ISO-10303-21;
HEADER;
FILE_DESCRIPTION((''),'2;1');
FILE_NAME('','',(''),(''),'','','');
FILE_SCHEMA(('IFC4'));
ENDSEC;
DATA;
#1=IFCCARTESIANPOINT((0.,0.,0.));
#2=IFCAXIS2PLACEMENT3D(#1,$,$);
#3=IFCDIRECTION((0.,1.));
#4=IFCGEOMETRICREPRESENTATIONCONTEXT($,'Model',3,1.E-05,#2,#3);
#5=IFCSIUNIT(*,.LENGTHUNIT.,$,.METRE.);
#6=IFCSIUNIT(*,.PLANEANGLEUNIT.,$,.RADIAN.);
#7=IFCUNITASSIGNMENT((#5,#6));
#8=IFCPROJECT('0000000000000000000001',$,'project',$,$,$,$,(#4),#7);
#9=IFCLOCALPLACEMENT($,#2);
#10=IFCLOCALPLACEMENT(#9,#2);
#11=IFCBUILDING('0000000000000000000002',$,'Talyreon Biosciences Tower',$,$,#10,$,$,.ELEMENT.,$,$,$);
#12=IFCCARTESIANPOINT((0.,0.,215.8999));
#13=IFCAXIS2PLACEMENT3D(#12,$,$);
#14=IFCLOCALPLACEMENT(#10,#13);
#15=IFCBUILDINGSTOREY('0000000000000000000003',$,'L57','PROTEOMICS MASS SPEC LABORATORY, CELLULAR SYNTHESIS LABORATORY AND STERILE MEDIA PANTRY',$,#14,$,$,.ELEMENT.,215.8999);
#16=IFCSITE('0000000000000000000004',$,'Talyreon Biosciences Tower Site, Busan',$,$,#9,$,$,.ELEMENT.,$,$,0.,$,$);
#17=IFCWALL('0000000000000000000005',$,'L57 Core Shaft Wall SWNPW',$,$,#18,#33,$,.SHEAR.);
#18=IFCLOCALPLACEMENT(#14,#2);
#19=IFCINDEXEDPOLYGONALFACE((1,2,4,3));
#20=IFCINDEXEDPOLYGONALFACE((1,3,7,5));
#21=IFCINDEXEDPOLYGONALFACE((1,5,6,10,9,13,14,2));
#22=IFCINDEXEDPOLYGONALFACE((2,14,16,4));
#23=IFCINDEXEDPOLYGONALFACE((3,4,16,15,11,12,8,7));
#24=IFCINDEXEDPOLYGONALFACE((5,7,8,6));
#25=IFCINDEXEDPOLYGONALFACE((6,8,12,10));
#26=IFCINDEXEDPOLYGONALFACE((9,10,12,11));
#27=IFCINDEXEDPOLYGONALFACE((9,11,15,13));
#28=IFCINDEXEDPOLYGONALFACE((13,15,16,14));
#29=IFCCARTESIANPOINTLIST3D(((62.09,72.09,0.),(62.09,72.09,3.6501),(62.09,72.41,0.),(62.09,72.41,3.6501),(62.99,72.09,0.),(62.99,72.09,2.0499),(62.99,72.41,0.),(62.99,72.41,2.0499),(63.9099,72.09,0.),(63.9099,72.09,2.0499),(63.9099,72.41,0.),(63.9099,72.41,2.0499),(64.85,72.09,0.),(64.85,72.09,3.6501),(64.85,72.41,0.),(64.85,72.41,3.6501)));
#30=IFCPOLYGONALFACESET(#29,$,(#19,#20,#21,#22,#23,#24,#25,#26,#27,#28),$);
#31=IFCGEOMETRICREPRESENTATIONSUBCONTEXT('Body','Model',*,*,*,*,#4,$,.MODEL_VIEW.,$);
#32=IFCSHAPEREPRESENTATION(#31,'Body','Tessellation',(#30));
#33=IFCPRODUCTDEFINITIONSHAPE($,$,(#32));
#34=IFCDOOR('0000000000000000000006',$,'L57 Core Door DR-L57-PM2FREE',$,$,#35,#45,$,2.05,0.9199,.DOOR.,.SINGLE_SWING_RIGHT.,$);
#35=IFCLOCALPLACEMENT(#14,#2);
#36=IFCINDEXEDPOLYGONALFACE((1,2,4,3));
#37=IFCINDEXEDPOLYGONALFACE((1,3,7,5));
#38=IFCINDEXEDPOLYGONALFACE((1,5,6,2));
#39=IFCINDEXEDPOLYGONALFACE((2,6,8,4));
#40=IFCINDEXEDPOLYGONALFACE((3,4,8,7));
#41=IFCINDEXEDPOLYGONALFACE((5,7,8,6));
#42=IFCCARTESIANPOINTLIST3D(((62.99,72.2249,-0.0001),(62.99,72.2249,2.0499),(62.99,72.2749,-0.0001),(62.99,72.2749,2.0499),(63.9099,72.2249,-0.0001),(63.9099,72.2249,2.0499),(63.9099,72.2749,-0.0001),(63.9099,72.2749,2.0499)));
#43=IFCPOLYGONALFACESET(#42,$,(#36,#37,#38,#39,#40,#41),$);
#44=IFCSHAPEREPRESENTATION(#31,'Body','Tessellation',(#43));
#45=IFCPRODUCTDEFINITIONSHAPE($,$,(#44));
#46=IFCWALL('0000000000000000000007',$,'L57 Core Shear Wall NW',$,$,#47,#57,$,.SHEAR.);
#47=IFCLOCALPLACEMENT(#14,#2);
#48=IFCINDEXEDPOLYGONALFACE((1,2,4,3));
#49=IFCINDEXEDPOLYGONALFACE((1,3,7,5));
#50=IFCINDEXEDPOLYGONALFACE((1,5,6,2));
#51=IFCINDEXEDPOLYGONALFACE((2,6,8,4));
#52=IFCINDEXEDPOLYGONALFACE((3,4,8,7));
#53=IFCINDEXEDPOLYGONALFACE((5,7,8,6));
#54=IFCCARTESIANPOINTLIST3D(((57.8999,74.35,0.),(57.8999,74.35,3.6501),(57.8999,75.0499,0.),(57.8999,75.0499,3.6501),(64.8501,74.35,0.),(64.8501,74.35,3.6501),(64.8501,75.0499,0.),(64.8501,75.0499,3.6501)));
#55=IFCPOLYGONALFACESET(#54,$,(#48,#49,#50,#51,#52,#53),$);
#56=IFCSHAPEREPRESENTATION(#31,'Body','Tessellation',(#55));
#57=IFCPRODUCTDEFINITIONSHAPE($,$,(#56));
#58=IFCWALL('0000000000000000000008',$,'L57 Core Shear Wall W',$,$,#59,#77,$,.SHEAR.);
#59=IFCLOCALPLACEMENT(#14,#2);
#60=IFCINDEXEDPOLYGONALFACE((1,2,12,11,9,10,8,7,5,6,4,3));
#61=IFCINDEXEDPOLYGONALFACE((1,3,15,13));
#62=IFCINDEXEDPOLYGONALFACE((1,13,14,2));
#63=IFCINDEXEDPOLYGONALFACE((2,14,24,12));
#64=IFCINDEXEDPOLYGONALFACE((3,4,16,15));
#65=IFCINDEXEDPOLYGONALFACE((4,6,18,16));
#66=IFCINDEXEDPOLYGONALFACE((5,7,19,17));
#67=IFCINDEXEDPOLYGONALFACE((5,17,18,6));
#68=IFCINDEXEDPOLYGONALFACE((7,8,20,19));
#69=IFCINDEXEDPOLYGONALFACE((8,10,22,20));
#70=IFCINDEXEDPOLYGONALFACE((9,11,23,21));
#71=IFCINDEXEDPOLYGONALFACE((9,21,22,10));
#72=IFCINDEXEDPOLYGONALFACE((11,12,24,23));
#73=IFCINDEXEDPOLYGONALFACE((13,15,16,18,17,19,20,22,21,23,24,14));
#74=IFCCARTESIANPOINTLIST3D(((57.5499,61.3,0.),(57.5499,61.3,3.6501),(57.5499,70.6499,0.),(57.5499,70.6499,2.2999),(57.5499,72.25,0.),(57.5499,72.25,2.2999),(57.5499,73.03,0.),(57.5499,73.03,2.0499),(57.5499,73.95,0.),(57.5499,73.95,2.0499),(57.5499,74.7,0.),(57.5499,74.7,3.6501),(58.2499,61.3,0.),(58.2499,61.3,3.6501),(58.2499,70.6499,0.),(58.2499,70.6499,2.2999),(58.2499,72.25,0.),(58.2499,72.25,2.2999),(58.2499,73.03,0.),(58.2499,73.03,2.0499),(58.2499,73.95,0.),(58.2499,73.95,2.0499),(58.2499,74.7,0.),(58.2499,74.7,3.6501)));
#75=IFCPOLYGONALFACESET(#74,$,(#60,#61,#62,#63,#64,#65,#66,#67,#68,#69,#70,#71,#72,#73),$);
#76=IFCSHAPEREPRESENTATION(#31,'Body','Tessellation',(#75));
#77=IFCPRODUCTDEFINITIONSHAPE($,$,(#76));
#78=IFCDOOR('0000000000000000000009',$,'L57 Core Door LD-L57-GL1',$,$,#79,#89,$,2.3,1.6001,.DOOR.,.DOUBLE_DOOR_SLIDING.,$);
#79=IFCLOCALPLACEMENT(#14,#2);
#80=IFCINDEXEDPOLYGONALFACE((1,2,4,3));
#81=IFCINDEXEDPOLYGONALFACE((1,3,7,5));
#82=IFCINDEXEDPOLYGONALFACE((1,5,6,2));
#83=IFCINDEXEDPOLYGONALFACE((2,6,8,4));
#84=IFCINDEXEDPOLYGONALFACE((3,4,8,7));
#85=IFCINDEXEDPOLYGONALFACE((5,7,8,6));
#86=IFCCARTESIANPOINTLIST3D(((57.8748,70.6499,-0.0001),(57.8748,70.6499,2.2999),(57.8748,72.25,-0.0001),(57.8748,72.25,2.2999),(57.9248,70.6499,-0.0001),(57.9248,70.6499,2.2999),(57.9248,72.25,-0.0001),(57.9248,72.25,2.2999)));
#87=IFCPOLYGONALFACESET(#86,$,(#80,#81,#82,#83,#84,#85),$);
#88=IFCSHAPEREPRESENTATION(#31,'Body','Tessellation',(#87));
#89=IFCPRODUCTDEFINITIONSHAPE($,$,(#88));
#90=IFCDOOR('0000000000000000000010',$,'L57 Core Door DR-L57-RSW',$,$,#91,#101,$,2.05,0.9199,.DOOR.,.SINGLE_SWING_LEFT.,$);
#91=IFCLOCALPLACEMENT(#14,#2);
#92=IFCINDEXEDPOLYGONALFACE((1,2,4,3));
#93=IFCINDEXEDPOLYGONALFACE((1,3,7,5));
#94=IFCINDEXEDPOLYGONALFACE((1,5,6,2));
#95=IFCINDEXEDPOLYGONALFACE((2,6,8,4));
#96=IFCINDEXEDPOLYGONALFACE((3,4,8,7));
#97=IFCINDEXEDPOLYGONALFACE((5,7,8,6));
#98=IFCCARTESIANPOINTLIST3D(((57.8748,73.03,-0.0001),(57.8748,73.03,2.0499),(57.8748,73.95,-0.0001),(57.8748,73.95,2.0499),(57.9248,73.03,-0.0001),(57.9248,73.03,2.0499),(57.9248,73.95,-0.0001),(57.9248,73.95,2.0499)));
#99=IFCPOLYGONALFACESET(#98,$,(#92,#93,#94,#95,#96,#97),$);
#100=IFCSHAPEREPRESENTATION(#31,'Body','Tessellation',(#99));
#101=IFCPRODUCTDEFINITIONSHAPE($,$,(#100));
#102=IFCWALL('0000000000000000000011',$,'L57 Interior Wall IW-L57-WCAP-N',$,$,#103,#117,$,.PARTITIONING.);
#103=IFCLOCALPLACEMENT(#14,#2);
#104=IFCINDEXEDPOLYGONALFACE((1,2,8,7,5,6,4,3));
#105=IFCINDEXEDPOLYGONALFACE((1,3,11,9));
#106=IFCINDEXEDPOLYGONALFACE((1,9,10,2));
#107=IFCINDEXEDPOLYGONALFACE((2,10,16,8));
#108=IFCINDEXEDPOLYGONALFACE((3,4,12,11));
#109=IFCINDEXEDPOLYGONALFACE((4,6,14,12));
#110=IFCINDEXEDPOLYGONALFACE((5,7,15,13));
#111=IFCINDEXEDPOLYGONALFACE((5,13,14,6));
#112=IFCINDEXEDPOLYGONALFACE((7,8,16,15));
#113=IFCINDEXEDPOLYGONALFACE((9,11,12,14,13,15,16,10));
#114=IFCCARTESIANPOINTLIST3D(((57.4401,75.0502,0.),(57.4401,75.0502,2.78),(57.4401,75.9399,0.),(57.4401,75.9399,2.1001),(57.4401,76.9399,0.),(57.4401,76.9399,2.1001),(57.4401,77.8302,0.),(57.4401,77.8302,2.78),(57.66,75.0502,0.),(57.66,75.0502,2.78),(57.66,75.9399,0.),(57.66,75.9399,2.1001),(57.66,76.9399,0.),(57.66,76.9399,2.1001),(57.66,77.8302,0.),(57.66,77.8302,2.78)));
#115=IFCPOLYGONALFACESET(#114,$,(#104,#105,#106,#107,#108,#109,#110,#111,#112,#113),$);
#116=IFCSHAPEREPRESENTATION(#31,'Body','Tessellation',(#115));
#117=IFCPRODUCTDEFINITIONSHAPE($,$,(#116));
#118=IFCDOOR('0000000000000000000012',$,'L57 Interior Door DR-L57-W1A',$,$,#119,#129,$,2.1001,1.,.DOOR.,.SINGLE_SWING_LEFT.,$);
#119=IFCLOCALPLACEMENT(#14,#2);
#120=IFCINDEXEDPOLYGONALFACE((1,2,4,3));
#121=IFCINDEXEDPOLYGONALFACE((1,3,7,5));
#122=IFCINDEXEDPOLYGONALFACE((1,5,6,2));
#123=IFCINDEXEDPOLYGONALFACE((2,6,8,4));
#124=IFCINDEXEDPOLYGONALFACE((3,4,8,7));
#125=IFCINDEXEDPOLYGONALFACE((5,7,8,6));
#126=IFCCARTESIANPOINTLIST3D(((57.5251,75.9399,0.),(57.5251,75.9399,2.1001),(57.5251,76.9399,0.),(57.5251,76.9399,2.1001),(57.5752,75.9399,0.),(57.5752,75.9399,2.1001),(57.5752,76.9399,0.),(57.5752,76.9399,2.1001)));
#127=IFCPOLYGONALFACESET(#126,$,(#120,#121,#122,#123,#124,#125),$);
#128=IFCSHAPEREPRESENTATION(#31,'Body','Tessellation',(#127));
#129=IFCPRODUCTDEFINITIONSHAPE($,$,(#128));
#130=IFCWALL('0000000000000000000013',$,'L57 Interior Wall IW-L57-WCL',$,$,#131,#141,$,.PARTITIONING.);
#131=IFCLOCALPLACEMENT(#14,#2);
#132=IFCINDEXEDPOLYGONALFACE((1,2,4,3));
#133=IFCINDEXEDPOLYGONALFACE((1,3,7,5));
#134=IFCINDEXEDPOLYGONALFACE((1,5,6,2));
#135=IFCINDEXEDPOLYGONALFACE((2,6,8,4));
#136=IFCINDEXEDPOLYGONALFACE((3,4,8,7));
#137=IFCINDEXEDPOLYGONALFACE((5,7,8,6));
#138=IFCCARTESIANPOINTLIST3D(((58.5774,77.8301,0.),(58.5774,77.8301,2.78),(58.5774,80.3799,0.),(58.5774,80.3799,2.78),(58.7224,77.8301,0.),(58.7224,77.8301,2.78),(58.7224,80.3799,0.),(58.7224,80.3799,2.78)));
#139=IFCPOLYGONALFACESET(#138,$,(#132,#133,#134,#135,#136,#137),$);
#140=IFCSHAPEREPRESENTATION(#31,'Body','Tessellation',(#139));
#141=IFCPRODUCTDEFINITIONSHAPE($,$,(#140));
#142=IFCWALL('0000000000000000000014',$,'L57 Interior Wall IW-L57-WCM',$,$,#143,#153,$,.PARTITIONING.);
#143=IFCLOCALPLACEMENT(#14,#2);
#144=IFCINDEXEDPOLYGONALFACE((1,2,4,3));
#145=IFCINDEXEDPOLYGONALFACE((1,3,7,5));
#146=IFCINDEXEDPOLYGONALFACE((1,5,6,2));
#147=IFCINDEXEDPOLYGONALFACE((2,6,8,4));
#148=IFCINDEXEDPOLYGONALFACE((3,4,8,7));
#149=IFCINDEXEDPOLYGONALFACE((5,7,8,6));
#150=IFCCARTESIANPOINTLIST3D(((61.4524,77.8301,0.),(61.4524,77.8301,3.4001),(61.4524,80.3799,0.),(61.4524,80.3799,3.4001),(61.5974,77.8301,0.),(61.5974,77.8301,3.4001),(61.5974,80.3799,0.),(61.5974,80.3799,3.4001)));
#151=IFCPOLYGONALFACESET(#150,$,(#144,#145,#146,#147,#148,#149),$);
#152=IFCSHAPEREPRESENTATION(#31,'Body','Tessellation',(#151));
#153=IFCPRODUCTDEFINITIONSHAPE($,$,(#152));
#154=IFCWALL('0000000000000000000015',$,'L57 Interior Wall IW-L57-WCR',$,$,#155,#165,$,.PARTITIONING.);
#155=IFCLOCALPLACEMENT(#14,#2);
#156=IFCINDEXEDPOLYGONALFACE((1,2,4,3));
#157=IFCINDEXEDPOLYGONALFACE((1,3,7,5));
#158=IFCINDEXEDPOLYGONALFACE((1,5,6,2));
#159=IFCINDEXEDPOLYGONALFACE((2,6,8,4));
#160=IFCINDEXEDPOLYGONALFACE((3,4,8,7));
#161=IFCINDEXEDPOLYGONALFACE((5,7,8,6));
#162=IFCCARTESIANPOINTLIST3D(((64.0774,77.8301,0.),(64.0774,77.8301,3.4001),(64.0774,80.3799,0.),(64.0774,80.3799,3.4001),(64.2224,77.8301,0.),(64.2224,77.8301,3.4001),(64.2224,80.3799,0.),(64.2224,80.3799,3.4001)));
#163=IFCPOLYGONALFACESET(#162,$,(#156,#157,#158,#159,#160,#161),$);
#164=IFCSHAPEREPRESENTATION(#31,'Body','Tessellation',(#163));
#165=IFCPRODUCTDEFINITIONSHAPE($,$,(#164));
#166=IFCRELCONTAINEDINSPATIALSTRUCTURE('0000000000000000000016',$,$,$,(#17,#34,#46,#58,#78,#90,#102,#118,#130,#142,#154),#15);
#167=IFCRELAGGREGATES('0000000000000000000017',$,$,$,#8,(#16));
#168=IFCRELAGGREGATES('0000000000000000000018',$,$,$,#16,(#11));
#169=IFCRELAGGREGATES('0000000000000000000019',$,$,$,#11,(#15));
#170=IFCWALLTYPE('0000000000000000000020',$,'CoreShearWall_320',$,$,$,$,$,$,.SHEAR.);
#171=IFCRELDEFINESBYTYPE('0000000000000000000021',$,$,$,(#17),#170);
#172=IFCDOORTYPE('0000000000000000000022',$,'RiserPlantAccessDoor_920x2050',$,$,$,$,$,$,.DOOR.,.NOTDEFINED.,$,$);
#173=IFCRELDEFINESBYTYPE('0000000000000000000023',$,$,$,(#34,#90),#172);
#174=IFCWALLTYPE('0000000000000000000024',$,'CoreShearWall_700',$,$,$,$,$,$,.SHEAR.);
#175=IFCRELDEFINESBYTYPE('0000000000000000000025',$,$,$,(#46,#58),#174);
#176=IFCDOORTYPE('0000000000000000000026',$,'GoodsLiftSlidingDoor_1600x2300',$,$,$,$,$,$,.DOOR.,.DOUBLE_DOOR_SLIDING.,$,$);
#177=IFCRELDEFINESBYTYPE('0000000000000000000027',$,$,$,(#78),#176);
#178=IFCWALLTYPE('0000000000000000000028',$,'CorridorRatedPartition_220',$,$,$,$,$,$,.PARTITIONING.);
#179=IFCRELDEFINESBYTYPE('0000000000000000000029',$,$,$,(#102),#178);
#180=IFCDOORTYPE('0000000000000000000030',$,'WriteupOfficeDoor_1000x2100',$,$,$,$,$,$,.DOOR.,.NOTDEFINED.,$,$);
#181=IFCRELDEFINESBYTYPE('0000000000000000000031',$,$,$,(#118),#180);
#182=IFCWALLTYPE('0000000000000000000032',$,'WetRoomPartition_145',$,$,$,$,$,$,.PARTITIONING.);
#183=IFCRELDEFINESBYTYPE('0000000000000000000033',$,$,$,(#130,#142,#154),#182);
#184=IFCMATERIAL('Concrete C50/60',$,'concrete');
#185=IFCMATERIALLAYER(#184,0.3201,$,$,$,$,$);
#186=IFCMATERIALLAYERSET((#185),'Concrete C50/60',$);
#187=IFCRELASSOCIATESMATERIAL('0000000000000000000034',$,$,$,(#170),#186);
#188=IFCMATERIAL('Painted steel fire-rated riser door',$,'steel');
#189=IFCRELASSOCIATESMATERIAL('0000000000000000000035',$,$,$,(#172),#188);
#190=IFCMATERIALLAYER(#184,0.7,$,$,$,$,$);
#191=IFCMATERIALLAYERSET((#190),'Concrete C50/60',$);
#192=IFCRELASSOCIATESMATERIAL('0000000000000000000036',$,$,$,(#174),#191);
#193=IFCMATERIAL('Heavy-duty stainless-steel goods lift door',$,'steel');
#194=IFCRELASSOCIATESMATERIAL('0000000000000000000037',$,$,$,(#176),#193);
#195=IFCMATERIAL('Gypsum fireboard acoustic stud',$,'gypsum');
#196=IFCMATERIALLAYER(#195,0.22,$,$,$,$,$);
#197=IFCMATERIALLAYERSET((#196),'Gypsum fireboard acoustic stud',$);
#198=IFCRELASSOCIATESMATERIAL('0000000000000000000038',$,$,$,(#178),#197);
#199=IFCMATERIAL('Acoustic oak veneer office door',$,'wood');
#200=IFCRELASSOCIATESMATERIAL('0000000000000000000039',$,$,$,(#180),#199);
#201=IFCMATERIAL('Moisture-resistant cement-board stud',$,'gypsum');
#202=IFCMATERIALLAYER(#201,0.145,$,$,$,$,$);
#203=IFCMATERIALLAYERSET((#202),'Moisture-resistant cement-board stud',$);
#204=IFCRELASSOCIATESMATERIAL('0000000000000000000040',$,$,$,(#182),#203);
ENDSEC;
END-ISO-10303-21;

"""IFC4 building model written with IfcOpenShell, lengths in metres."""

from ifc_helpers import new_model, si_unit, direction, frame, frame_2d, origin, place, context, subcontext, project, spatial, rectangle, extrude, material, layer, layer_set, type_object, element, fill, save


model = new_model("IFC4")

# Units and contexts
model_context = context("Model", 3, precision=1e-05, world=origin(), true_north=direction((0.0, 1.0)))
body_context = subcontext(model_context, "Body", "Model", "MODEL_VIEW")
ifc_project = project(units=[si_unit("LENGTHUNIT", "METRE"), si_unit("PLANEANGLEUNIT", "RADIAN")], contexts=[model_context])

# Site, building, storey
site_placement = place(None, origin())
site = spatial("IfcSite", under=ifc_project, at=site_placement, Name="Talyreon Biosciences Tower Site, Busan", CompositionType="ELEMENT", RefElevation=0.0)
building_placement = place(site_placement, origin())
building = spatial("IfcBuilding", under=site, at=building_placement, Name="Talyreon Biosciences Tower", CompositionType="ELEMENT")
storey_placement = place(building_placement, frame((0.0, 0.0, 215.8999)))
storey = spatial("IfcBuildingStorey", under=building, at=storey_placement, Name="L57", Description="PROTEOMICS MASS SPEC LABORATORY, CELLULAR SYNTHESIS LABORATORY AND STERILE MEDIA PANTRY", CompositionType="ELEMENT", Elevation=215.8999)

# Shared definitions
ifc_material_1 = material(Name="Concrete C50/60", Category="concrete")

# Shared definitions
ifc_layer_1 = layer(ifc_material_1, 0.3201)
ifc_layer_set_1 = layer_set([ifc_layer_1], Name="Concrete C50/60")
wall_type_1 = type_object("IfcWallType", Name="CoreShearWall_320", PredefinedType="SHEAR", material=ifc_layer_set_1)

# Wall, opening, door
wall_1_placement = place(storey_placement, frame((62.0901, 72.25, 0.0), z_axis=(0.0, 0.0, 1.0), x_axis=(1.0, 0.0, 0.0)))
wall_1 = element("IfcWall", 1, at=wall_1_placement, inside=storey, type_object=wall_type_1, Name="L57 Core Shaft Wall SWNPW", PredefinedType="SHEAR", context=body_context, shape_type="SweptSolid", body=[
    extrude(rectangle(XDim=2.76, YDim=0.3201, at=frame_2d((1.3799, 0.0))), origin(), (0.0, 0.0, 1.0), 3.6501),
])
opening_1_placement = place(wall_1_placement, frame((0.8999, 0.0, 0.0)))
opening_1 = element("IfcOpeningElement", 2, at=opening_1_placement, cuts=wall_1, PredefinedType="OPENING", context=body_context, shape_type="SweptSolid", body=[
    extrude(rectangle(XDim=0.9199, YDim=2.05, at=frame_2d((0.46, 1.0249))), frame((0.0, 0.1699, 0.0), z_axis=(0.0, -1.0, 0.0), x_axis=(1.0, 0.0, 0.0)), (0.0, 0.0, 1.0), 0.3401),
])
ifc_material_2 = material(Name="Painted steel fire-rated riser door", Category="steel")
door_type_1 = type_object("IfcDoorType", Name="RiserPlantAccessDoor_920x2050", OperationType="NOTDEFINED", PredefinedType="DOOR", material=ifc_material_2)
door_1_placement = place(opening_1_placement, origin())
door_1 = element("IfcDoor", 3, at=door_1_placement, inside=storey, type_object=door_type_1, Name="L57 Core Door DR-L57-PM2FREE", OperationType="SINGLE_SWING_RIGHT", OverallHeight=2.05, OverallWidth=0.9199, PredefinedType="DOOR", context=body_context, shape_type="SweptSolid", body=[
    extrude(rectangle(XDim=0.9199, YDim=2.05, at=frame_2d((0.46, 1.0249))), frame((0.0, 0.0249, 0.0), z_axis=(0.0, -1.0, 0.0), x_axis=(1.0, 0.0, 0.0)), (0.0, 0.0, 1.0), 0.05),
])
fill(opening_1, door_1)

# Wall
ifc_layer_2 = layer(ifc_material_1, 0.7)
ifc_layer_set_2 = layer_set([ifc_layer_2], Name="Concrete C50/60")
wall_type_2 = type_object("IfcWallType", Name="CoreShearWall_700", PredefinedType="SHEAR", material=ifc_layer_set_2)
wall_2_placement = place(storey_placement, frame((64.8501, 74.7, 0.0), z_axis=(0.0, 0.0, 1.0), x_axis=(-1.0, 0.0, 0.0)))
element("IfcWall", 4, at=wall_2_placement, inside=storey, type_object=wall_type_2, Name="L57 Core Shear Wall NW", PredefinedType="SHEAR", context=body_context, shape_type="SweptSolid", body=[
    extrude(rectangle(XDim=6.9502, YDim=0.7, at=frame_2d((3.4751, 0.0))), origin(), (0.0, 0.0, 1.0), 3.6501),
])

# Wall, openings, doors
wall_3_placement = place(storey_placement, frame((57.8999, 74.7, 0.0), z_axis=(0.0, 0.0, 1.0), x_axis=(0.0, -1.0, 0.0)))
wall_3 = element("IfcWall", 5, at=wall_3_placement, inside=storey, type_object=wall_type_2, Name="L57 Core Shear Wall W", PredefinedType="SHEAR", context=body_context, shape_type="SweptSolid", body=[
    extrude(rectangle(XDim=13.3999, YDim=0.7, at=frame_2d((6.7, 0.0))), origin(), (0.0, 0.0, 1.0), 3.6501),
])
opening_2_placement = place(wall_3_placement, frame((0.75, 0.0, 0.0)))
opening_2 = element("IfcOpeningElement", 6, at=opening_2_placement, cuts=wall_3, PredefinedType="OPENING", context=body_context, shape_type="SweptSolid", body=[
    extrude(rectangle(XDim=0.9199, YDim=2.05, at=frame_2d((0.46, 1.0249))), frame((0.0, 0.3599, 0.0), z_axis=(0.0, -1.0, 0.0), x_axis=(1.0, 0.0, 0.0)), (0.0, 0.0, 1.0), 0.72),
])
opening_3_placement = place(wall_3_placement, frame((2.45, 0.0, 0.0)))
opening_3 = element("IfcOpeningElement", 7, at=opening_3_placement, cuts=wall_3, PredefinedType="OPENING", context=body_context, shape_type="SweptSolid", body=[
    extrude(rectangle(XDim=1.6001, YDim=2.3, at=frame_2d((0.8, 1.1499))), frame((0.0, 0.3599, 0.0), z_axis=(0.0, -1.0, 0.0), x_axis=(1.0, 0.0, 0.0)), (0.0, 0.0, 1.0), 0.72),
])
ifc_material_3 = material(Name="Heavy-duty stainless-steel goods lift door", Category="steel")
door_type_2 = type_object("IfcDoorType", Name="GoodsLiftSlidingDoor_1600x2300", OperationType="DOUBLE_DOOR_SLIDING", PredefinedType="DOOR", material=ifc_material_3)
door_2_placement = place(opening_3_placement, origin())
door_2 = element("IfcDoor", 8, at=door_2_placement, inside=storey, type_object=door_type_2, Name="L57 Core Door LD-L57-GL1", OperationType="DOUBLE_DOOR_SLIDING", OverallHeight=2.3, OverallWidth=1.6001, PredefinedType="DOOR", context=body_context, shape_type="SweptSolid", body=[
    extrude(rectangle(XDim=1.6001, YDim=2.3, at=frame_2d((0.8, 1.1499))), frame((0.0, 0.0249, 0.0), z_axis=(0.0, -1.0, 0.0), x_axis=(1.0, 0.0, 0.0)), (0.0, 0.0, 1.0), 0.05),
])
fill(opening_3, door_2)
door_3_placement = place(opening_2_placement, origin())
door_3 = element("IfcDoor", 9, at=door_3_placement, inside=storey, type_object=door_type_1, Name="L57 Core Door DR-L57-RSW", OperationType="SINGLE_SWING_LEFT", OverallHeight=2.05, OverallWidth=0.9199, PredefinedType="DOOR", context=body_context, shape_type="SweptSolid", body=[
    extrude(rectangle(XDim=0.9199, YDim=2.05, at=frame_2d((0.46, 1.0249))), frame((0.0, 0.0249, 0.0), z_axis=(0.0, -1.0, 0.0), x_axis=(1.0, 0.0, 0.0)), (0.0, 0.0, 1.0), 0.05),
])
fill(opening_2, door_3)

# Wall, opening, door
ifc_material_4 = material(Name="Gypsum fireboard acoustic stud", Category="gypsum")
ifc_layer_3 = layer(ifc_material_4, 0.22)
ifc_layer_set_3 = layer_set([ifc_layer_3], Name="Gypsum fireboard acoustic stud")
wall_type_3 = type_object("IfcWallType", Name="CorridorRatedPartition_220", PredefinedType="PARTITIONING", material=ifc_layer_set_3)
wall_4_placement = place(storey_placement, frame((57.55, 75.05, 0.0), z_axis=(0.0, 0.0, 1.0), x_axis=(0.0, 1.0, 0.0)))
wall_4 = element("IfcWall", 10, at=wall_4_placement, inside=storey, type_object=wall_type_3, Name="L57 Interior Wall IW-L57-WCAP-N", PredefinedType="PARTITIONING", context=body_context, shape_type="SweptSolid", body=[
    extrude(rectangle(XDim=2.78, YDim=0.22, at=frame_2d((1.3901, 0.0))), origin(), (0.0, 0.0, 1.0), 2.78),
])
opening_4_placement = place(wall_4_placement, frame((0.8899, 0.0, 0.0)))
opening_4 = element("IfcOpeningElement", 11, at=opening_4_placement, cuts=wall_4, PredefinedType="OPENING", context=body_context, shape_type="SweptSolid", body=[
    extrude(rectangle(XDim=1.0, YDim=2.1001, at=frame_2d((0.5, 1.05))), frame((0.0, 0.1199, 0.0), z_axis=(0.0, -1.0, 0.0), x_axis=(1.0, 0.0, 0.0)), (0.0, 0.0, 1.0), 0.24),
])
ifc_material_5 = material(Name="Acoustic oak veneer office door", Category="wood")
door_type_3 = type_object("IfcDoorType", Name="WriteupOfficeDoor_1000x2100", OperationType="NOTDEFINED", PredefinedType="DOOR", material=ifc_material_5)
door_4_placement = place(opening_4_placement, origin())
door_4 = element("IfcDoor", 12, at=door_4_placement, inside=storey, type_object=door_type_3, Name="L57 Interior Door DR-L57-W1A", OperationType="SINGLE_SWING_LEFT", OverallHeight=2.1001, OverallWidth=1.0, PredefinedType="DOOR", context=body_context, shape_type="SweptSolid", body=[
    extrude(rectangle(XDim=1.0, YDim=2.1001, at=frame_2d((0.5, 1.05))), frame((0.0, 0.0249, 0.0), z_axis=(0.0, -1.0, 0.0), x_axis=(1.0, 0.0, 0.0)), (0.0, 0.0, 1.0), 0.05),
])
fill(opening_4, door_4)

# Walls
ifc_material_6 = material(Name="Moisture-resistant cement-board stud", Category="gypsum")
ifc_layer_4 = layer(ifc_material_6, 0.145)
ifc_layer_set_4 = layer_set([ifc_layer_4], Name="Moisture-resistant cement-board stud")
wall_type_4 = type_object("IfcWallType", Name="WetRoomPartition_145", PredefinedType="PARTITIONING", material=ifc_layer_set_4)
wall_5_placement = place(storey_placement, frame((58.6499, 77.8301, 0.0), z_axis=(0.0, 0.0, 1.0), x_axis=(0.0, 1.0, 0.0)))
element("IfcWall", 13, at=wall_5_placement, inside=storey, type_object=wall_type_4, Name="L57 Interior Wall IW-L57-WCL", PredefinedType="PARTITIONING", context=body_context, shape_type="SweptSolid", body=[
    extrude(rectangle(XDim=2.5498, YDim=0.145, at=frame_2d((1.2749, 0.0))), origin(), (0.0, 0.0, 1.0), 2.78),
])
for number, where, z_axis, x_axis, name in (
    (14, (61.5249, 77.8301, 0.0), (0.0, 0.0, 1.0), (0.0, 1.0, 0.0), "L57 Interior Wall IW-L57-WCM"),
    (15, (64.1499, 77.8301, 0.0), (0.0, 0.0, 1.0), (0.0, 1.0, 0.0), "L57 Interior Wall IW-L57-WCR"),
):
    element("IfcWall", number, at=place(storey_placement, frame(where, z_axis=z_axis, x_axis=x_axis)), inside=storey, type_object=wall_type_4, Name=name, PredefinedType="PARTITIONING", context=body_context, shape_type="SweptSolid", body=[
        extrude(rectangle(XDim=2.5498, YDim=0.145, at=frame_2d((1.2749, 0.0))), origin(), (0.0, 0.0, 1.0), 3.4001),
    ])

save(model, "model.ifc")
